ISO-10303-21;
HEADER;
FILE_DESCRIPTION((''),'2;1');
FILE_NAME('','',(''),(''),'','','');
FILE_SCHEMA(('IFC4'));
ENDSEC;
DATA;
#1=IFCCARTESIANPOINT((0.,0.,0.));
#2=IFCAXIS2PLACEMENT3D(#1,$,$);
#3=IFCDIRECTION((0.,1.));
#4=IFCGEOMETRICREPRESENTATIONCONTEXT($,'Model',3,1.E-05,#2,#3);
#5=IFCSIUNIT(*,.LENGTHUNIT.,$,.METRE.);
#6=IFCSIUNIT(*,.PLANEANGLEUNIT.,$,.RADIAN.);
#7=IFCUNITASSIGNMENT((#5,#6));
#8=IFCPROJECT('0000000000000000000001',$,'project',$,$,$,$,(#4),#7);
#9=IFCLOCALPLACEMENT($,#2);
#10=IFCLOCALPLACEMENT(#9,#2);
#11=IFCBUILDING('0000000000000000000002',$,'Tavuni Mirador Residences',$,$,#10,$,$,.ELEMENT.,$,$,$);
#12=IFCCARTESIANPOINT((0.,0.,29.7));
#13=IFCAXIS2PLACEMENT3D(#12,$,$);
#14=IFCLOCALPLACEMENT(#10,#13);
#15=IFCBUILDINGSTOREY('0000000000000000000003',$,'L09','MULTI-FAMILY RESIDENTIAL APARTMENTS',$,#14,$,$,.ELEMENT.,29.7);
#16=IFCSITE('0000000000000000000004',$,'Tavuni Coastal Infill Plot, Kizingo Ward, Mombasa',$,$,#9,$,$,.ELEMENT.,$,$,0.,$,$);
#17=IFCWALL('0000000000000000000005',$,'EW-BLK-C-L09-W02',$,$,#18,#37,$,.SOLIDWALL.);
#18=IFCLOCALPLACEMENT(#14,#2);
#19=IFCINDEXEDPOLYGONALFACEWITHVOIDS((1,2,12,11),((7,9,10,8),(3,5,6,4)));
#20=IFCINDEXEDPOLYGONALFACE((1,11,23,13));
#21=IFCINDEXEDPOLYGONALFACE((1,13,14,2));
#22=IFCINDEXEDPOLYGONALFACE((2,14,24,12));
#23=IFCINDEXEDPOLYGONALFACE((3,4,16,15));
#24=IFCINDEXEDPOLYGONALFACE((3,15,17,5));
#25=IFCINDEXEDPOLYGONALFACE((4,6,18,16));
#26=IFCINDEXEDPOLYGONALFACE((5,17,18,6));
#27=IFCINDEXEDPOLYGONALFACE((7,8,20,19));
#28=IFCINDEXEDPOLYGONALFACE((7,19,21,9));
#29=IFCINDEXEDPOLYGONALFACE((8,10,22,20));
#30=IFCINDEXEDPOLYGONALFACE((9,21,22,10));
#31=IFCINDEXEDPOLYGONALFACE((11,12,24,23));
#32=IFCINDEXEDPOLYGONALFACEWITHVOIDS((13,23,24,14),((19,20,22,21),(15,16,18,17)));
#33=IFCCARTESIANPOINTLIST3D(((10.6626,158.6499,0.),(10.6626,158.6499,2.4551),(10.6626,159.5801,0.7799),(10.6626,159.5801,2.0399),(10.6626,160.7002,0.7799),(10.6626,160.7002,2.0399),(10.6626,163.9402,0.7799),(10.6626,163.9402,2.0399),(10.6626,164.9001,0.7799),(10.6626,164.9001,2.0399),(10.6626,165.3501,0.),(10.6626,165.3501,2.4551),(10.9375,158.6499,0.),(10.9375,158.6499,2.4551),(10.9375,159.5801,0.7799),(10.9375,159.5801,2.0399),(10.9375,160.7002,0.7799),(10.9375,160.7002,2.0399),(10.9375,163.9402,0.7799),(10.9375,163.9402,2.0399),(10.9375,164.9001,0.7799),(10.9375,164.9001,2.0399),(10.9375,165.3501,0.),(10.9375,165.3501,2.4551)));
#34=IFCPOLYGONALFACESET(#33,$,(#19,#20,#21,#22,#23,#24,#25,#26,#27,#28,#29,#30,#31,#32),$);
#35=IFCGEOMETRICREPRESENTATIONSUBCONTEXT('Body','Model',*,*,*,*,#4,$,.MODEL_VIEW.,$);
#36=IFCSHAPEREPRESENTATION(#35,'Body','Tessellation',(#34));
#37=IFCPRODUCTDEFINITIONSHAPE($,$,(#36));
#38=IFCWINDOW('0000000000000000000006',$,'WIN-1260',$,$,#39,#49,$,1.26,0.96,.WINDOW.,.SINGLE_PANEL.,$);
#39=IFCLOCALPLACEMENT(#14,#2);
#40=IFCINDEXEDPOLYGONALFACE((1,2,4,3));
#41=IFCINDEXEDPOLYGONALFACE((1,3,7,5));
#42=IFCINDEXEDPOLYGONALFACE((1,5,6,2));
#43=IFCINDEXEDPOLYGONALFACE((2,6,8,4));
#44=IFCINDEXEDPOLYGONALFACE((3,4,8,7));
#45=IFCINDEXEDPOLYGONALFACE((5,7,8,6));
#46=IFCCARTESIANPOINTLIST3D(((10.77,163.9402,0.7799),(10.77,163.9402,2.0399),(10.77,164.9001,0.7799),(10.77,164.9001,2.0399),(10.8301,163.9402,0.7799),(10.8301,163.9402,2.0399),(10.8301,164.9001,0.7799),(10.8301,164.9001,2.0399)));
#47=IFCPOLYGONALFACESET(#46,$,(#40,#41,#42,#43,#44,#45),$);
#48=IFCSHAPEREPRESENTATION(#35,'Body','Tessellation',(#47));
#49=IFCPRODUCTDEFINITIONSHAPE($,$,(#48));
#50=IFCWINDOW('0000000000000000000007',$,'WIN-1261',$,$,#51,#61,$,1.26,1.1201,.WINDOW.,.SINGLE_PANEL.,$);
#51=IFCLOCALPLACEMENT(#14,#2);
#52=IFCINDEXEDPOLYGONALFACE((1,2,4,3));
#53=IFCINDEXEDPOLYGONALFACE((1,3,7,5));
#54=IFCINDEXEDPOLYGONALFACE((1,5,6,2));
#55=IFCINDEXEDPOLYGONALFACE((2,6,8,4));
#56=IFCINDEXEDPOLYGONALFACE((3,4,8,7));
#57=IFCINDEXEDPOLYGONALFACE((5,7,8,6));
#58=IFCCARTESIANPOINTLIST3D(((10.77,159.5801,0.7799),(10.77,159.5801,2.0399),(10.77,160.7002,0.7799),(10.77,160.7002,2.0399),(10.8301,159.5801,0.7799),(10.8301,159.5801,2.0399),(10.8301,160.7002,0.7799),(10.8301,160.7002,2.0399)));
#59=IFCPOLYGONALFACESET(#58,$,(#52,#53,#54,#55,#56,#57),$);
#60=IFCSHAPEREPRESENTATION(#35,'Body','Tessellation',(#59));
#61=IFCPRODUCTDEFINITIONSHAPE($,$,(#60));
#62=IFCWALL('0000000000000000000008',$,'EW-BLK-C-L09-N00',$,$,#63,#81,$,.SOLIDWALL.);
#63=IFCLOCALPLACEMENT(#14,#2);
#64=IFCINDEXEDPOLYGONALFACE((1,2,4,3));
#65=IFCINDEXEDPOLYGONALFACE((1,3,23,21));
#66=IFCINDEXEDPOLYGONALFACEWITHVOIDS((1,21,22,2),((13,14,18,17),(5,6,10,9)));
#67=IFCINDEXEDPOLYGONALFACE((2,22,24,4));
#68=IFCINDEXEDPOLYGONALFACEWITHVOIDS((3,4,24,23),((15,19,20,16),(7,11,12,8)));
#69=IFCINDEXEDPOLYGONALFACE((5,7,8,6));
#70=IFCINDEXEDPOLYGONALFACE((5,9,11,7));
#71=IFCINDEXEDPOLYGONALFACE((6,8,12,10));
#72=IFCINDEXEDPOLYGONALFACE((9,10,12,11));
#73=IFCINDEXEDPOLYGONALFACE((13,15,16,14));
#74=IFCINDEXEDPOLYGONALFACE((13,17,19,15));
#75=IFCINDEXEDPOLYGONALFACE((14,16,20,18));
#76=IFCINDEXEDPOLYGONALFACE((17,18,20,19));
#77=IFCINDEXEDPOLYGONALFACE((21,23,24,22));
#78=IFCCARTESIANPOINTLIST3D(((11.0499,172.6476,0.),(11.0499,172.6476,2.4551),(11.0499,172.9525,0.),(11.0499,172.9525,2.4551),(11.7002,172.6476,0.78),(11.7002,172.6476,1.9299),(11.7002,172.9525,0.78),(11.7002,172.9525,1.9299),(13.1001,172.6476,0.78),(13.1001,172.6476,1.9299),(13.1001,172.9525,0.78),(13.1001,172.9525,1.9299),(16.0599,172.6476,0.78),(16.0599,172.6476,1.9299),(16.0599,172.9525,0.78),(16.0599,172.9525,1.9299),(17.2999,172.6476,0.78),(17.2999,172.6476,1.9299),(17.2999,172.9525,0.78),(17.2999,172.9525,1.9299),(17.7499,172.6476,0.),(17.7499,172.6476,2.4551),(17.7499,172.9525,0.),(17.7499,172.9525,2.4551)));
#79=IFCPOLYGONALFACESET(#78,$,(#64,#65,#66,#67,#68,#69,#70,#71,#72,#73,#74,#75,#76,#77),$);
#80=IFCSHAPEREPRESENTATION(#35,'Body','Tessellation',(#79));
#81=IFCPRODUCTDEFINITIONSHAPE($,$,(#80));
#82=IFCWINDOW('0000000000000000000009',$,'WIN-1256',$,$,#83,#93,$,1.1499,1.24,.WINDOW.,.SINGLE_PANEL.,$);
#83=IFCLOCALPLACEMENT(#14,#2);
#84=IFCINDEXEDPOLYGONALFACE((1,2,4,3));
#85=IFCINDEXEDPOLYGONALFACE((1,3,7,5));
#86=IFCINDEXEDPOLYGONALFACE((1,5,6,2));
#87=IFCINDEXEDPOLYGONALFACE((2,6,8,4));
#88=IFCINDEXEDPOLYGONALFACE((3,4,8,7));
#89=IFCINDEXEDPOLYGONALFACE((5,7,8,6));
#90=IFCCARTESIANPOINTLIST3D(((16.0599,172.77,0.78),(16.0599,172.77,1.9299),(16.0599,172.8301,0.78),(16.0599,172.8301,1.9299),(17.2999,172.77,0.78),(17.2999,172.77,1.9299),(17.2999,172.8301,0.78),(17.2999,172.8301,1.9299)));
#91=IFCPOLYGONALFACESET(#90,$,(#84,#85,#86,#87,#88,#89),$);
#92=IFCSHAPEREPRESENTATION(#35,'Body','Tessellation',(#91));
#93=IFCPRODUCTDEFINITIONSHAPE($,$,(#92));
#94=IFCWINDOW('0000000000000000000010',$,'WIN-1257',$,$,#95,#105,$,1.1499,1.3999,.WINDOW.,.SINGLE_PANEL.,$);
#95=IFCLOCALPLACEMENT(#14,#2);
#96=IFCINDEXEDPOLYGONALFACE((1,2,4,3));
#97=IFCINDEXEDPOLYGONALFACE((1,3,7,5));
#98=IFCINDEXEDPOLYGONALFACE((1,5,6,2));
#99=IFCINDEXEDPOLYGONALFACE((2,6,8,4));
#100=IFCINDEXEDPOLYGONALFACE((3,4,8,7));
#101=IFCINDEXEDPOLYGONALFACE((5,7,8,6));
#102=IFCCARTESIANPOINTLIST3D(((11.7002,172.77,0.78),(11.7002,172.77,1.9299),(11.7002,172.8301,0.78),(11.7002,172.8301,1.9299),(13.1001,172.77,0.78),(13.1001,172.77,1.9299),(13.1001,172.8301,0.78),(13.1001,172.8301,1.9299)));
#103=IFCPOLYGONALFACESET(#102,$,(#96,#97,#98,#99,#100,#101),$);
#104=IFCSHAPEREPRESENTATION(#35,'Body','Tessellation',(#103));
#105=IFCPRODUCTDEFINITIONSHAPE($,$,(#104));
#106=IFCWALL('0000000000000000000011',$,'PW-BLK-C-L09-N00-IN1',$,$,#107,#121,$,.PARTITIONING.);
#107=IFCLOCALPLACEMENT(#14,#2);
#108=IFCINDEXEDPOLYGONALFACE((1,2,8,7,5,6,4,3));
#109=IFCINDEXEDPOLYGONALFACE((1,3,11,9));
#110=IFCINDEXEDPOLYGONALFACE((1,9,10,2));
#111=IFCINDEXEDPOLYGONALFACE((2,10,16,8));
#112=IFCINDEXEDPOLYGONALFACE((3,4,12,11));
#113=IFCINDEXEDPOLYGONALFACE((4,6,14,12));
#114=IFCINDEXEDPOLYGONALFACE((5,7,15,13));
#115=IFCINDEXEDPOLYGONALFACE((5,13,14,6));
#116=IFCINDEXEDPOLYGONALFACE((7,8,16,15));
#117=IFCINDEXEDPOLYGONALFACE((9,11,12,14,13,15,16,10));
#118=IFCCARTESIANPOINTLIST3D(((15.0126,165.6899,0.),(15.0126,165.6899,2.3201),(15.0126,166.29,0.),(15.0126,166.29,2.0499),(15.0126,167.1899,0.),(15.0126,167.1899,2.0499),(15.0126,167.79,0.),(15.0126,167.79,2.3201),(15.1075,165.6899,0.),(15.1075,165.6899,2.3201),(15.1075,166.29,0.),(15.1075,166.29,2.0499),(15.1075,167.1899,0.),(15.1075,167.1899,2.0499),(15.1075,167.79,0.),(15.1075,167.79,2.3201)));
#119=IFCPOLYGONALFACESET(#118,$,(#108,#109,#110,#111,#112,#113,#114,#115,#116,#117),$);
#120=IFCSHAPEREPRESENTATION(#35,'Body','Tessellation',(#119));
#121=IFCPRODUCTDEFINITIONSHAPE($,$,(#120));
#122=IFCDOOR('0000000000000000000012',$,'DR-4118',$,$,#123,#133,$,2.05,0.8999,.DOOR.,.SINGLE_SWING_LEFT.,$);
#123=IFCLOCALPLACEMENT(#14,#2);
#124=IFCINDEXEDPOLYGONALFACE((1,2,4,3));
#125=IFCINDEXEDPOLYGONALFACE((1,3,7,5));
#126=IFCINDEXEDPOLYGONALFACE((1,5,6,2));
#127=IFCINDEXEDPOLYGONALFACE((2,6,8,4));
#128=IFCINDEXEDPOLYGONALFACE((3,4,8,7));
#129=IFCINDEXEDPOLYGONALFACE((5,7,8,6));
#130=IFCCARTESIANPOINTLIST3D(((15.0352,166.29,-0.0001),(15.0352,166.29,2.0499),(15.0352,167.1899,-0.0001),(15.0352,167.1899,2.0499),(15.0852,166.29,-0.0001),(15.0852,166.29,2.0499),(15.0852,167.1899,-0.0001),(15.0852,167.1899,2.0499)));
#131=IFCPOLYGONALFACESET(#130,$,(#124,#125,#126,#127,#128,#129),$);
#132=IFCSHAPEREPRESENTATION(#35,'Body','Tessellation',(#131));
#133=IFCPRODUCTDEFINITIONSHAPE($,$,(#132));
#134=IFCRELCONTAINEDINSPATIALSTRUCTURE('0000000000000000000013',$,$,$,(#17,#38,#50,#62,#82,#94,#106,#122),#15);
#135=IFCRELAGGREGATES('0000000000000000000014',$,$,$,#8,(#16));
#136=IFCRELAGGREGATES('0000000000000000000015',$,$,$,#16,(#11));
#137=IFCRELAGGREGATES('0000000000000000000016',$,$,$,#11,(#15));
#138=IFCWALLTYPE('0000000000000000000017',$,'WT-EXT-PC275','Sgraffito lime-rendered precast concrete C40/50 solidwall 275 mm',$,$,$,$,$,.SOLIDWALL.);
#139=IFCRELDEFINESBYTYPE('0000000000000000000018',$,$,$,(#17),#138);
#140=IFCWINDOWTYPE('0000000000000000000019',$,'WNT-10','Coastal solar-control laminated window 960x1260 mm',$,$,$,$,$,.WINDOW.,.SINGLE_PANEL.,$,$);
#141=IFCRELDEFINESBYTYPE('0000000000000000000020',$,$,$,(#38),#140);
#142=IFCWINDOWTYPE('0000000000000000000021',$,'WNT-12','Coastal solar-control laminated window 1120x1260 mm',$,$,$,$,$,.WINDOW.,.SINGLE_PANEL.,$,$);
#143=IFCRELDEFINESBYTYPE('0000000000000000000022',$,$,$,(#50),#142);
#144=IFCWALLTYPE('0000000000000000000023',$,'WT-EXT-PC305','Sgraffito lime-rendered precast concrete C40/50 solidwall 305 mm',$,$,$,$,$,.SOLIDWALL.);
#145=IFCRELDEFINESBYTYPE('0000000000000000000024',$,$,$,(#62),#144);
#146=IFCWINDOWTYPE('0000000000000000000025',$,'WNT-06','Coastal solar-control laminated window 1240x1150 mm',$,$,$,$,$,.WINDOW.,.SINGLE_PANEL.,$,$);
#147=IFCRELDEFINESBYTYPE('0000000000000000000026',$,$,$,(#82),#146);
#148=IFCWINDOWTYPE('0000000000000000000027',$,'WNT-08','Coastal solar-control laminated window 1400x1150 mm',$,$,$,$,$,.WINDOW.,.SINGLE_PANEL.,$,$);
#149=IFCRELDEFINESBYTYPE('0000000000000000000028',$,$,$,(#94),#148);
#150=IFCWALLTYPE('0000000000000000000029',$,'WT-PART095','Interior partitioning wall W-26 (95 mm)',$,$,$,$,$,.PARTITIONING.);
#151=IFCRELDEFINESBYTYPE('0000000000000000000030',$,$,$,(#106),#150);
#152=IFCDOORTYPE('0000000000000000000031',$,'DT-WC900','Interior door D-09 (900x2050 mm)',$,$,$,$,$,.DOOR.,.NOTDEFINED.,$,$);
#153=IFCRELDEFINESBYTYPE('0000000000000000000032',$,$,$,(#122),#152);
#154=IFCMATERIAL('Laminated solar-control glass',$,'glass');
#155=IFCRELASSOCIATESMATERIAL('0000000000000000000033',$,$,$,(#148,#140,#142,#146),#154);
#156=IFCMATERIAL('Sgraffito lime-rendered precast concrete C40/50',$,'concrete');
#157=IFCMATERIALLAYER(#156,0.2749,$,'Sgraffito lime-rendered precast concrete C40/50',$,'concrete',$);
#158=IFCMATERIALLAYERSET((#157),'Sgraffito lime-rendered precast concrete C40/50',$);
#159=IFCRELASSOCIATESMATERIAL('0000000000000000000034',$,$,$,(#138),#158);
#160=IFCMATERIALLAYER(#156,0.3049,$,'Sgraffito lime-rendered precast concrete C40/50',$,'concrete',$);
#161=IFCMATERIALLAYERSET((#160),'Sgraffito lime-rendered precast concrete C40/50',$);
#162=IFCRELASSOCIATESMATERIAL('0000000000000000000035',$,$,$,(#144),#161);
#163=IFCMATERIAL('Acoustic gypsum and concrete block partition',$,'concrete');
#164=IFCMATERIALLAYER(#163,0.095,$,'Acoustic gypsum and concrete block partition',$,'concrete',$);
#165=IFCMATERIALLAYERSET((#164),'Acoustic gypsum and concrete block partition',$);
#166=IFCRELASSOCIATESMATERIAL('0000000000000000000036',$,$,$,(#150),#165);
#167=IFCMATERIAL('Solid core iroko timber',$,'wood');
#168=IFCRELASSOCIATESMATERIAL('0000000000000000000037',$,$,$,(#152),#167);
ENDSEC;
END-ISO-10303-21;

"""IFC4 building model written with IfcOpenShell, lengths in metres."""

from ifc_helpers import new_model, si_unit, direction, frame, frame_2d, origin, place, context, subcontext, project, spatial, rectangle, extrude, material, layer, layer_set, type_object, element, fill, save


model = new_model("IFC4")

# Units and contexts
model_context = context("Model", 3, precision=1e-05, world=origin(), true_north=direction((0.0, 1.0)))
body_context = subcontext(model_context, "Body", "Model", "MODEL_VIEW")
ifc_project = project(units=[si_unit("LENGTHUNIT", "METRE"), si_unit("PLANEANGLEUNIT", "RADIAN")], contexts=[model_context])

# Site, building, storey
site_placement = place(None, origin())
site = spatial("IfcSite", under=ifc_project, at=site_placement, Name="Tavuni Coastal Infill Plot, Kizingo Ward, Mombasa", CompositionType="ELEMENT", RefElevation=0.0)
building_placement = place(site_placement, origin())
building = spatial("IfcBuilding", under=site, at=building_placement, Name="Tavuni Mirador Residences", CompositionType="ELEMENT")
storey_placement = place(building_placement, frame((0.0, 0.0, 29.7)))
storey = spatial("IfcBuildingStorey", under=building, at=storey_placement, Name="L09", Description="MULTI-FAMILY RESIDENTIAL APARTMENTS", CompositionType="ELEMENT", Elevation=29.7)

# Shared definitions
ifc_material_1 = material(Name="Solid core iroko timber", Category="wood")

# Walls, openings, windows
ifc_material_2 = material(Name="Sgraffito lime-rendered precast concrete C40/50", Category="concrete")
ifc_material_3 = material(Name="Laminated solar-control glass", Category="glass")
window_type_1 = type_object("IfcWindowType", Name="WNT-08", Description="Coastal solar-control laminated window 1400x1150 mm", PartitioningType="SINGLE_PANEL", PredefinedType="WINDOW", material=ifc_material_3)
window_type_2 = type_object("IfcWindowType", Name="WNT-10", Description="Coastal solar-control laminated window 960x1260 mm", PartitioningType="SINGLE_PANEL", PredefinedType="WINDOW", material=ifc_material_3)
ifc_layer_1 = layer(ifc_material_2, 0.2749, Name="Sgraffito lime-rendered precast concrete C40/50", Category="concrete")
ifc_layer_set_1 = layer_set([ifc_layer_1], Name="Sgraffito lime-rendered precast concrete C40/50")
wall_type_1 = type_object("IfcWallType", Name="WT-EXT-PC275", Description="Sgraffito lime-rendered precast concrete C40/50 solidwall 275 mm", PredefinedType="SOLIDWALL", material=ifc_layer_set_1)
wall_1_placement = place(storey_placement, frame((10.8, 165.3501, 0.0), z_axis=(0.0, 0.0, 1.0), x_axis=(0.0, -1.0, 0.0)))
wall_1 = element("IfcWall", 1, at=wall_1_placement, inside=storey, type_object=wall_type_1, Name="EW-BLK-C-L09-W02", PredefinedType="SOLIDWALL", context=body_context, shape_type="SweptSolid", body=[
    extrude(rectangle(XDim=6.7002, YDim=0.2749, at=frame_2d((3.3501, 0.0))), origin(), (0.0, 0.0, 1.0), 2.4551),
])
opening_1_placement = place(wall_1_placement, frame((0.45, 0.0, 0.78)))
opening_1 = element("IfcOpeningElement", 2, at=opening_1_placement, cuts=wall_1, PredefinedType="OPENING", context=body_context, shape_type="SweptSolid", body=[
    extrude(rectangle(XDim=0.96, YDim=1.26, at=frame_2d((0.48, 0.6299))), frame((0.0, 0.1475, 0.0), z_axis=(0.0, -1.0, 0.0), x_axis=(1.0, 0.0, 0.0)), (0.0, 0.0, 1.0), 0.2949),
])
opening_2_placement = place(wall_1_placement, frame((4.6499, 0.0, 0.78)))
opening_2 = element("IfcOpeningElement", 3, at=opening_2_placement, cuts=wall_1, PredefinedType="OPENING", context=body_context, shape_type="SweptSolid", body=[
    extrude(rectangle(XDim=1.1201, YDim=1.26, at=frame_2d((0.5601, 0.6299))), frame((0.0, 0.1475, 0.0), z_axis=(0.0, -1.0, 0.0), x_axis=(1.0, 0.0, 0.0)), (0.0, 0.0, 1.0), 0.2949),
])
window_1_placement = place(opening_1_placement, origin())
window_1 = element("IfcWindow", 4, at=window_1_placement, inside=storey, type_object=window_type_2, Name="WIN-1260", OverallHeight=1.26, OverallWidth=0.96, PartitioningType="SINGLE_PANEL", PredefinedType="WINDOW", context=body_context, shape_type="SweptSolid", body=[
    extrude(rectangle(XDim=0.96, YDim=1.26, at=frame_2d((0.48, 0.6299))), frame((0.0, 0.03, 0.0), z_axis=(0.0, -1.0, 0.0), x_axis=(1.0, 0.0, 0.0)), (0.0, 0.0, 1.0), 0.0601),
])
fill(opening_1, window_1)
window_type_3 = type_object("IfcWindowType", Name="WNT-12", Description="Coastal solar-control laminated window 1120x1260 mm", PartitioningType="SINGLE_PANEL", PredefinedType="WINDOW", material=ifc_material_3)
window_2_placement = place(opening_2_placement, origin())
window_2 = element("IfcWindow", 5, at=window_2_placement, inside=storey, type_object=window_type_3, Name="WIN-1261", OverallHeight=1.26, OverallWidth=1.1201, PartitioningType="SINGLE_PANEL", PredefinedType="WINDOW", context=body_context, shape_type="SweptSolid", body=[
    extrude(rectangle(XDim=1.1201, YDim=1.26, at=frame_2d((0.5601, 0.6299))), frame((0.0, 0.03, 0.0), z_axis=(0.0, -1.0, 0.0), x_axis=(1.0, 0.0, 0.0)), (0.0, 0.0, 1.0), 0.0601),
])
fill(opening_2, window_2)
ifc_layer_2 = layer(ifc_material_2, 0.3049, Name="Sgraffito lime-rendered precast concrete C40/50", Category="concrete")
ifc_layer_set_2 = layer_set([ifc_layer_2], Name="Sgraffito lime-rendered precast concrete C40/50")
wall_type_2 = type_object("IfcWallType", Name="WT-EXT-PC305", Description="Sgraffito lime-rendered precast concrete C40/50 solidwall 305 mm", PredefinedType="SOLIDWALL", material=ifc_layer_set_2)
wall_2_placement = place(storey_placement, frame((17.75, 172.8, 0.0), z_axis=(0.0, 0.0, 1.0), x_axis=(-1.0, 0.0, 0.0)))
wall_2 = element("IfcWall", 6, at=wall_2_placement, inside=storey, type_object=wall_type_2, Name="EW-BLK-C-L09-N00", PredefinedType="SOLIDWALL", context=body_context, shape_type="SweptSolid", body=[
    extrude(rectangle(XDim=6.7, YDim=0.3049, at=frame_2d((3.3501, 0.0))), origin(), (0.0, 0.0, 1.0), 2.4551),
])
opening_3_placement = place(wall_2_placement, frame((0.45, 0.0, 0.78)))
opening_3 = element("IfcOpeningElement", 7, at=opening_3_placement, cuts=wall_2, PredefinedType="OPENING", context=body_context, shape_type="SweptSolid", body=[
    extrude(rectangle(XDim=1.24, YDim=1.1499, at=frame_2d((0.6201, 0.575))), frame((0.0, 0.1626, 0.0), z_axis=(0.0, -1.0, 0.0), x_axis=(1.0, 0.0, 0.0)), (0.0, 0.0, 1.0), 0.325),
])
opening_4_placement = place(wall_2_placement, frame((4.6499, 0.0, 0.78)))
opening_4 = element("IfcOpeningElement", 8, at=opening_4_placement, cuts=wall_2, PredefinedType="OPENING", context=body_context, shape_type="SweptSolid", body=[
    extrude(rectangle(XDim=1.3999, YDim=1.1499, at=frame_2d((0.7, 0.575))), frame((0.0, 0.1626, 0.0), z_axis=(0.0, -1.0, 0.0), x_axis=(1.0, 0.0, 0.0)), (0.0, 0.0, 1.0), 0.325),
])
window_type_4 = type_object("IfcWindowType", Name="WNT-06", Description="Coastal solar-control laminated window 1240x1150 mm", PartitioningType="SINGLE_PANEL", PredefinedType="WINDOW", material=ifc_material_3)
window_3_placement = place(opening_3_placement, origin())
window_3 = element("IfcWindow", 9, at=window_3_placement, inside=storey, type_object=window_type_4, Name="WIN-1256", OverallHeight=1.1499, OverallWidth=1.24, PartitioningType="SINGLE_PANEL", PredefinedType="WINDOW", context=body_context, shape_type="SweptSolid", body=[
    extrude(rectangle(XDim=1.24, YDim=1.1499, at=frame_2d((0.6201, 0.575))), frame((0.0, 0.03, 0.0), z_axis=(0.0, -1.0, 0.0), x_axis=(1.0, 0.0, 0.0)), (0.0, 0.0, 1.0), 0.0601),
])
fill(opening_3, window_3)
window_4_placement = place(opening_4_placement, origin())
window_4 = element("IfcWindow", 10, at=window_4_placement, inside=storey, type_object=window_type_1, Name="WIN-1257", OverallHeight=1.1499, OverallWidth=1.3999, PartitioningType="SINGLE_PANEL", PredefinedType="WINDOW", context=body_context, shape_type="SweptSolid", body=[
    extrude(rectangle(XDim=1.3999, YDim=1.1499, at=frame_2d((0.7, 0.575))), frame((0.0, 0.03, 0.0), z_axis=(0.0, -1.0, 0.0), x_axis=(1.0, 0.0, 0.0)), (0.0, 0.0, 1.0), 0.0601),
])
fill(opening_4, window_4)

# Wall, opening, door
ifc_material_4 = material(Name="Acoustic gypsum and concrete block partition", Category="concrete")
ifc_layer_3 = layer(ifc_material_4, 0.095, Name="Acoustic gypsum and concrete block partition", Category="concrete")
ifc_layer_set_3 = layer_set([ifc_layer_3], Name="Acoustic gypsum and concrete block partition")
wall_type_3 = type_object("IfcWallType", Name="WT-PART095", Description="Interior partitioning wall W-26 (95 mm)", PredefinedType="PARTITIONING", material=ifc_layer_set_3)
wall_3_placement = place(storey_placement, frame((15.0601, 165.6899, 0.0), z_axis=(0.0, 0.0, 1.0), x_axis=(0.0, 1.0, 0.0)))
wall_3 = element("IfcWall", 11, at=wall_3_placement, inside=storey, type_object=wall_type_3, Name="PW-BLK-C-L09-N00-IN1", PredefinedType="PARTITIONING", context=body_context, shape_type="SweptSolid", body=[
    extrude(rectangle(XDim=2.1001, YDim=0.095, at=frame_2d((1.05, 0.0))), origin(), (0.0, 0.0, 1.0), 2.3201),
])
opening_5_placement = place(wall_3_placement, frame((0.6001, 0.0, 0.0)))
opening_5 = element("IfcOpeningElement", 12, at=opening_5_placement, cuts=wall_3, PredefinedType="OPENING", context=body_context, shape_type="SweptSolid", body=[
    extrude(rectangle(XDim=0.8999, YDim=2.05, at=frame_2d((0.45, 1.0249))), frame((0.0, 0.0576, 0.0), z_axis=(0.0, -1.0, 0.0), x_axis=(1.0, 0.0, 0.0)), (0.0, 0.0, 1.0), 0.115),
])
door_type_1 = type_object("IfcDoorType", Name="DT-WC900", Description="Interior door D-09 (900x2050 mm)", OperationType="NOTDEFINED", PredefinedType="DOOR", material=ifc_material_1)
door_1_placement = place(opening_5_placement, origin())
door_1 = element("IfcDoor", 13, at=door_1_placement, inside=storey, type_object=door_type_1, Name="DR-4118", OperationType="SINGLE_SWING_LEFT", OverallHeight=2.05, OverallWidth=0.8999, PredefinedType="DOOR", context=body_context, shape_type="SweptSolid", body=[
    extrude(rectangle(XDim=0.8999, YDim=2.05, at=frame_2d((0.45, 1.0249))), frame((0.0, 0.0249, 0.0), z_axis=(0.0, -1.0, 0.0), x_axis=(1.0, 0.0, 0.0)), (0.0, 0.0, 1.0), 0.05),
])
fill(opening_5, door_1)

save(model, "model.ifc")
